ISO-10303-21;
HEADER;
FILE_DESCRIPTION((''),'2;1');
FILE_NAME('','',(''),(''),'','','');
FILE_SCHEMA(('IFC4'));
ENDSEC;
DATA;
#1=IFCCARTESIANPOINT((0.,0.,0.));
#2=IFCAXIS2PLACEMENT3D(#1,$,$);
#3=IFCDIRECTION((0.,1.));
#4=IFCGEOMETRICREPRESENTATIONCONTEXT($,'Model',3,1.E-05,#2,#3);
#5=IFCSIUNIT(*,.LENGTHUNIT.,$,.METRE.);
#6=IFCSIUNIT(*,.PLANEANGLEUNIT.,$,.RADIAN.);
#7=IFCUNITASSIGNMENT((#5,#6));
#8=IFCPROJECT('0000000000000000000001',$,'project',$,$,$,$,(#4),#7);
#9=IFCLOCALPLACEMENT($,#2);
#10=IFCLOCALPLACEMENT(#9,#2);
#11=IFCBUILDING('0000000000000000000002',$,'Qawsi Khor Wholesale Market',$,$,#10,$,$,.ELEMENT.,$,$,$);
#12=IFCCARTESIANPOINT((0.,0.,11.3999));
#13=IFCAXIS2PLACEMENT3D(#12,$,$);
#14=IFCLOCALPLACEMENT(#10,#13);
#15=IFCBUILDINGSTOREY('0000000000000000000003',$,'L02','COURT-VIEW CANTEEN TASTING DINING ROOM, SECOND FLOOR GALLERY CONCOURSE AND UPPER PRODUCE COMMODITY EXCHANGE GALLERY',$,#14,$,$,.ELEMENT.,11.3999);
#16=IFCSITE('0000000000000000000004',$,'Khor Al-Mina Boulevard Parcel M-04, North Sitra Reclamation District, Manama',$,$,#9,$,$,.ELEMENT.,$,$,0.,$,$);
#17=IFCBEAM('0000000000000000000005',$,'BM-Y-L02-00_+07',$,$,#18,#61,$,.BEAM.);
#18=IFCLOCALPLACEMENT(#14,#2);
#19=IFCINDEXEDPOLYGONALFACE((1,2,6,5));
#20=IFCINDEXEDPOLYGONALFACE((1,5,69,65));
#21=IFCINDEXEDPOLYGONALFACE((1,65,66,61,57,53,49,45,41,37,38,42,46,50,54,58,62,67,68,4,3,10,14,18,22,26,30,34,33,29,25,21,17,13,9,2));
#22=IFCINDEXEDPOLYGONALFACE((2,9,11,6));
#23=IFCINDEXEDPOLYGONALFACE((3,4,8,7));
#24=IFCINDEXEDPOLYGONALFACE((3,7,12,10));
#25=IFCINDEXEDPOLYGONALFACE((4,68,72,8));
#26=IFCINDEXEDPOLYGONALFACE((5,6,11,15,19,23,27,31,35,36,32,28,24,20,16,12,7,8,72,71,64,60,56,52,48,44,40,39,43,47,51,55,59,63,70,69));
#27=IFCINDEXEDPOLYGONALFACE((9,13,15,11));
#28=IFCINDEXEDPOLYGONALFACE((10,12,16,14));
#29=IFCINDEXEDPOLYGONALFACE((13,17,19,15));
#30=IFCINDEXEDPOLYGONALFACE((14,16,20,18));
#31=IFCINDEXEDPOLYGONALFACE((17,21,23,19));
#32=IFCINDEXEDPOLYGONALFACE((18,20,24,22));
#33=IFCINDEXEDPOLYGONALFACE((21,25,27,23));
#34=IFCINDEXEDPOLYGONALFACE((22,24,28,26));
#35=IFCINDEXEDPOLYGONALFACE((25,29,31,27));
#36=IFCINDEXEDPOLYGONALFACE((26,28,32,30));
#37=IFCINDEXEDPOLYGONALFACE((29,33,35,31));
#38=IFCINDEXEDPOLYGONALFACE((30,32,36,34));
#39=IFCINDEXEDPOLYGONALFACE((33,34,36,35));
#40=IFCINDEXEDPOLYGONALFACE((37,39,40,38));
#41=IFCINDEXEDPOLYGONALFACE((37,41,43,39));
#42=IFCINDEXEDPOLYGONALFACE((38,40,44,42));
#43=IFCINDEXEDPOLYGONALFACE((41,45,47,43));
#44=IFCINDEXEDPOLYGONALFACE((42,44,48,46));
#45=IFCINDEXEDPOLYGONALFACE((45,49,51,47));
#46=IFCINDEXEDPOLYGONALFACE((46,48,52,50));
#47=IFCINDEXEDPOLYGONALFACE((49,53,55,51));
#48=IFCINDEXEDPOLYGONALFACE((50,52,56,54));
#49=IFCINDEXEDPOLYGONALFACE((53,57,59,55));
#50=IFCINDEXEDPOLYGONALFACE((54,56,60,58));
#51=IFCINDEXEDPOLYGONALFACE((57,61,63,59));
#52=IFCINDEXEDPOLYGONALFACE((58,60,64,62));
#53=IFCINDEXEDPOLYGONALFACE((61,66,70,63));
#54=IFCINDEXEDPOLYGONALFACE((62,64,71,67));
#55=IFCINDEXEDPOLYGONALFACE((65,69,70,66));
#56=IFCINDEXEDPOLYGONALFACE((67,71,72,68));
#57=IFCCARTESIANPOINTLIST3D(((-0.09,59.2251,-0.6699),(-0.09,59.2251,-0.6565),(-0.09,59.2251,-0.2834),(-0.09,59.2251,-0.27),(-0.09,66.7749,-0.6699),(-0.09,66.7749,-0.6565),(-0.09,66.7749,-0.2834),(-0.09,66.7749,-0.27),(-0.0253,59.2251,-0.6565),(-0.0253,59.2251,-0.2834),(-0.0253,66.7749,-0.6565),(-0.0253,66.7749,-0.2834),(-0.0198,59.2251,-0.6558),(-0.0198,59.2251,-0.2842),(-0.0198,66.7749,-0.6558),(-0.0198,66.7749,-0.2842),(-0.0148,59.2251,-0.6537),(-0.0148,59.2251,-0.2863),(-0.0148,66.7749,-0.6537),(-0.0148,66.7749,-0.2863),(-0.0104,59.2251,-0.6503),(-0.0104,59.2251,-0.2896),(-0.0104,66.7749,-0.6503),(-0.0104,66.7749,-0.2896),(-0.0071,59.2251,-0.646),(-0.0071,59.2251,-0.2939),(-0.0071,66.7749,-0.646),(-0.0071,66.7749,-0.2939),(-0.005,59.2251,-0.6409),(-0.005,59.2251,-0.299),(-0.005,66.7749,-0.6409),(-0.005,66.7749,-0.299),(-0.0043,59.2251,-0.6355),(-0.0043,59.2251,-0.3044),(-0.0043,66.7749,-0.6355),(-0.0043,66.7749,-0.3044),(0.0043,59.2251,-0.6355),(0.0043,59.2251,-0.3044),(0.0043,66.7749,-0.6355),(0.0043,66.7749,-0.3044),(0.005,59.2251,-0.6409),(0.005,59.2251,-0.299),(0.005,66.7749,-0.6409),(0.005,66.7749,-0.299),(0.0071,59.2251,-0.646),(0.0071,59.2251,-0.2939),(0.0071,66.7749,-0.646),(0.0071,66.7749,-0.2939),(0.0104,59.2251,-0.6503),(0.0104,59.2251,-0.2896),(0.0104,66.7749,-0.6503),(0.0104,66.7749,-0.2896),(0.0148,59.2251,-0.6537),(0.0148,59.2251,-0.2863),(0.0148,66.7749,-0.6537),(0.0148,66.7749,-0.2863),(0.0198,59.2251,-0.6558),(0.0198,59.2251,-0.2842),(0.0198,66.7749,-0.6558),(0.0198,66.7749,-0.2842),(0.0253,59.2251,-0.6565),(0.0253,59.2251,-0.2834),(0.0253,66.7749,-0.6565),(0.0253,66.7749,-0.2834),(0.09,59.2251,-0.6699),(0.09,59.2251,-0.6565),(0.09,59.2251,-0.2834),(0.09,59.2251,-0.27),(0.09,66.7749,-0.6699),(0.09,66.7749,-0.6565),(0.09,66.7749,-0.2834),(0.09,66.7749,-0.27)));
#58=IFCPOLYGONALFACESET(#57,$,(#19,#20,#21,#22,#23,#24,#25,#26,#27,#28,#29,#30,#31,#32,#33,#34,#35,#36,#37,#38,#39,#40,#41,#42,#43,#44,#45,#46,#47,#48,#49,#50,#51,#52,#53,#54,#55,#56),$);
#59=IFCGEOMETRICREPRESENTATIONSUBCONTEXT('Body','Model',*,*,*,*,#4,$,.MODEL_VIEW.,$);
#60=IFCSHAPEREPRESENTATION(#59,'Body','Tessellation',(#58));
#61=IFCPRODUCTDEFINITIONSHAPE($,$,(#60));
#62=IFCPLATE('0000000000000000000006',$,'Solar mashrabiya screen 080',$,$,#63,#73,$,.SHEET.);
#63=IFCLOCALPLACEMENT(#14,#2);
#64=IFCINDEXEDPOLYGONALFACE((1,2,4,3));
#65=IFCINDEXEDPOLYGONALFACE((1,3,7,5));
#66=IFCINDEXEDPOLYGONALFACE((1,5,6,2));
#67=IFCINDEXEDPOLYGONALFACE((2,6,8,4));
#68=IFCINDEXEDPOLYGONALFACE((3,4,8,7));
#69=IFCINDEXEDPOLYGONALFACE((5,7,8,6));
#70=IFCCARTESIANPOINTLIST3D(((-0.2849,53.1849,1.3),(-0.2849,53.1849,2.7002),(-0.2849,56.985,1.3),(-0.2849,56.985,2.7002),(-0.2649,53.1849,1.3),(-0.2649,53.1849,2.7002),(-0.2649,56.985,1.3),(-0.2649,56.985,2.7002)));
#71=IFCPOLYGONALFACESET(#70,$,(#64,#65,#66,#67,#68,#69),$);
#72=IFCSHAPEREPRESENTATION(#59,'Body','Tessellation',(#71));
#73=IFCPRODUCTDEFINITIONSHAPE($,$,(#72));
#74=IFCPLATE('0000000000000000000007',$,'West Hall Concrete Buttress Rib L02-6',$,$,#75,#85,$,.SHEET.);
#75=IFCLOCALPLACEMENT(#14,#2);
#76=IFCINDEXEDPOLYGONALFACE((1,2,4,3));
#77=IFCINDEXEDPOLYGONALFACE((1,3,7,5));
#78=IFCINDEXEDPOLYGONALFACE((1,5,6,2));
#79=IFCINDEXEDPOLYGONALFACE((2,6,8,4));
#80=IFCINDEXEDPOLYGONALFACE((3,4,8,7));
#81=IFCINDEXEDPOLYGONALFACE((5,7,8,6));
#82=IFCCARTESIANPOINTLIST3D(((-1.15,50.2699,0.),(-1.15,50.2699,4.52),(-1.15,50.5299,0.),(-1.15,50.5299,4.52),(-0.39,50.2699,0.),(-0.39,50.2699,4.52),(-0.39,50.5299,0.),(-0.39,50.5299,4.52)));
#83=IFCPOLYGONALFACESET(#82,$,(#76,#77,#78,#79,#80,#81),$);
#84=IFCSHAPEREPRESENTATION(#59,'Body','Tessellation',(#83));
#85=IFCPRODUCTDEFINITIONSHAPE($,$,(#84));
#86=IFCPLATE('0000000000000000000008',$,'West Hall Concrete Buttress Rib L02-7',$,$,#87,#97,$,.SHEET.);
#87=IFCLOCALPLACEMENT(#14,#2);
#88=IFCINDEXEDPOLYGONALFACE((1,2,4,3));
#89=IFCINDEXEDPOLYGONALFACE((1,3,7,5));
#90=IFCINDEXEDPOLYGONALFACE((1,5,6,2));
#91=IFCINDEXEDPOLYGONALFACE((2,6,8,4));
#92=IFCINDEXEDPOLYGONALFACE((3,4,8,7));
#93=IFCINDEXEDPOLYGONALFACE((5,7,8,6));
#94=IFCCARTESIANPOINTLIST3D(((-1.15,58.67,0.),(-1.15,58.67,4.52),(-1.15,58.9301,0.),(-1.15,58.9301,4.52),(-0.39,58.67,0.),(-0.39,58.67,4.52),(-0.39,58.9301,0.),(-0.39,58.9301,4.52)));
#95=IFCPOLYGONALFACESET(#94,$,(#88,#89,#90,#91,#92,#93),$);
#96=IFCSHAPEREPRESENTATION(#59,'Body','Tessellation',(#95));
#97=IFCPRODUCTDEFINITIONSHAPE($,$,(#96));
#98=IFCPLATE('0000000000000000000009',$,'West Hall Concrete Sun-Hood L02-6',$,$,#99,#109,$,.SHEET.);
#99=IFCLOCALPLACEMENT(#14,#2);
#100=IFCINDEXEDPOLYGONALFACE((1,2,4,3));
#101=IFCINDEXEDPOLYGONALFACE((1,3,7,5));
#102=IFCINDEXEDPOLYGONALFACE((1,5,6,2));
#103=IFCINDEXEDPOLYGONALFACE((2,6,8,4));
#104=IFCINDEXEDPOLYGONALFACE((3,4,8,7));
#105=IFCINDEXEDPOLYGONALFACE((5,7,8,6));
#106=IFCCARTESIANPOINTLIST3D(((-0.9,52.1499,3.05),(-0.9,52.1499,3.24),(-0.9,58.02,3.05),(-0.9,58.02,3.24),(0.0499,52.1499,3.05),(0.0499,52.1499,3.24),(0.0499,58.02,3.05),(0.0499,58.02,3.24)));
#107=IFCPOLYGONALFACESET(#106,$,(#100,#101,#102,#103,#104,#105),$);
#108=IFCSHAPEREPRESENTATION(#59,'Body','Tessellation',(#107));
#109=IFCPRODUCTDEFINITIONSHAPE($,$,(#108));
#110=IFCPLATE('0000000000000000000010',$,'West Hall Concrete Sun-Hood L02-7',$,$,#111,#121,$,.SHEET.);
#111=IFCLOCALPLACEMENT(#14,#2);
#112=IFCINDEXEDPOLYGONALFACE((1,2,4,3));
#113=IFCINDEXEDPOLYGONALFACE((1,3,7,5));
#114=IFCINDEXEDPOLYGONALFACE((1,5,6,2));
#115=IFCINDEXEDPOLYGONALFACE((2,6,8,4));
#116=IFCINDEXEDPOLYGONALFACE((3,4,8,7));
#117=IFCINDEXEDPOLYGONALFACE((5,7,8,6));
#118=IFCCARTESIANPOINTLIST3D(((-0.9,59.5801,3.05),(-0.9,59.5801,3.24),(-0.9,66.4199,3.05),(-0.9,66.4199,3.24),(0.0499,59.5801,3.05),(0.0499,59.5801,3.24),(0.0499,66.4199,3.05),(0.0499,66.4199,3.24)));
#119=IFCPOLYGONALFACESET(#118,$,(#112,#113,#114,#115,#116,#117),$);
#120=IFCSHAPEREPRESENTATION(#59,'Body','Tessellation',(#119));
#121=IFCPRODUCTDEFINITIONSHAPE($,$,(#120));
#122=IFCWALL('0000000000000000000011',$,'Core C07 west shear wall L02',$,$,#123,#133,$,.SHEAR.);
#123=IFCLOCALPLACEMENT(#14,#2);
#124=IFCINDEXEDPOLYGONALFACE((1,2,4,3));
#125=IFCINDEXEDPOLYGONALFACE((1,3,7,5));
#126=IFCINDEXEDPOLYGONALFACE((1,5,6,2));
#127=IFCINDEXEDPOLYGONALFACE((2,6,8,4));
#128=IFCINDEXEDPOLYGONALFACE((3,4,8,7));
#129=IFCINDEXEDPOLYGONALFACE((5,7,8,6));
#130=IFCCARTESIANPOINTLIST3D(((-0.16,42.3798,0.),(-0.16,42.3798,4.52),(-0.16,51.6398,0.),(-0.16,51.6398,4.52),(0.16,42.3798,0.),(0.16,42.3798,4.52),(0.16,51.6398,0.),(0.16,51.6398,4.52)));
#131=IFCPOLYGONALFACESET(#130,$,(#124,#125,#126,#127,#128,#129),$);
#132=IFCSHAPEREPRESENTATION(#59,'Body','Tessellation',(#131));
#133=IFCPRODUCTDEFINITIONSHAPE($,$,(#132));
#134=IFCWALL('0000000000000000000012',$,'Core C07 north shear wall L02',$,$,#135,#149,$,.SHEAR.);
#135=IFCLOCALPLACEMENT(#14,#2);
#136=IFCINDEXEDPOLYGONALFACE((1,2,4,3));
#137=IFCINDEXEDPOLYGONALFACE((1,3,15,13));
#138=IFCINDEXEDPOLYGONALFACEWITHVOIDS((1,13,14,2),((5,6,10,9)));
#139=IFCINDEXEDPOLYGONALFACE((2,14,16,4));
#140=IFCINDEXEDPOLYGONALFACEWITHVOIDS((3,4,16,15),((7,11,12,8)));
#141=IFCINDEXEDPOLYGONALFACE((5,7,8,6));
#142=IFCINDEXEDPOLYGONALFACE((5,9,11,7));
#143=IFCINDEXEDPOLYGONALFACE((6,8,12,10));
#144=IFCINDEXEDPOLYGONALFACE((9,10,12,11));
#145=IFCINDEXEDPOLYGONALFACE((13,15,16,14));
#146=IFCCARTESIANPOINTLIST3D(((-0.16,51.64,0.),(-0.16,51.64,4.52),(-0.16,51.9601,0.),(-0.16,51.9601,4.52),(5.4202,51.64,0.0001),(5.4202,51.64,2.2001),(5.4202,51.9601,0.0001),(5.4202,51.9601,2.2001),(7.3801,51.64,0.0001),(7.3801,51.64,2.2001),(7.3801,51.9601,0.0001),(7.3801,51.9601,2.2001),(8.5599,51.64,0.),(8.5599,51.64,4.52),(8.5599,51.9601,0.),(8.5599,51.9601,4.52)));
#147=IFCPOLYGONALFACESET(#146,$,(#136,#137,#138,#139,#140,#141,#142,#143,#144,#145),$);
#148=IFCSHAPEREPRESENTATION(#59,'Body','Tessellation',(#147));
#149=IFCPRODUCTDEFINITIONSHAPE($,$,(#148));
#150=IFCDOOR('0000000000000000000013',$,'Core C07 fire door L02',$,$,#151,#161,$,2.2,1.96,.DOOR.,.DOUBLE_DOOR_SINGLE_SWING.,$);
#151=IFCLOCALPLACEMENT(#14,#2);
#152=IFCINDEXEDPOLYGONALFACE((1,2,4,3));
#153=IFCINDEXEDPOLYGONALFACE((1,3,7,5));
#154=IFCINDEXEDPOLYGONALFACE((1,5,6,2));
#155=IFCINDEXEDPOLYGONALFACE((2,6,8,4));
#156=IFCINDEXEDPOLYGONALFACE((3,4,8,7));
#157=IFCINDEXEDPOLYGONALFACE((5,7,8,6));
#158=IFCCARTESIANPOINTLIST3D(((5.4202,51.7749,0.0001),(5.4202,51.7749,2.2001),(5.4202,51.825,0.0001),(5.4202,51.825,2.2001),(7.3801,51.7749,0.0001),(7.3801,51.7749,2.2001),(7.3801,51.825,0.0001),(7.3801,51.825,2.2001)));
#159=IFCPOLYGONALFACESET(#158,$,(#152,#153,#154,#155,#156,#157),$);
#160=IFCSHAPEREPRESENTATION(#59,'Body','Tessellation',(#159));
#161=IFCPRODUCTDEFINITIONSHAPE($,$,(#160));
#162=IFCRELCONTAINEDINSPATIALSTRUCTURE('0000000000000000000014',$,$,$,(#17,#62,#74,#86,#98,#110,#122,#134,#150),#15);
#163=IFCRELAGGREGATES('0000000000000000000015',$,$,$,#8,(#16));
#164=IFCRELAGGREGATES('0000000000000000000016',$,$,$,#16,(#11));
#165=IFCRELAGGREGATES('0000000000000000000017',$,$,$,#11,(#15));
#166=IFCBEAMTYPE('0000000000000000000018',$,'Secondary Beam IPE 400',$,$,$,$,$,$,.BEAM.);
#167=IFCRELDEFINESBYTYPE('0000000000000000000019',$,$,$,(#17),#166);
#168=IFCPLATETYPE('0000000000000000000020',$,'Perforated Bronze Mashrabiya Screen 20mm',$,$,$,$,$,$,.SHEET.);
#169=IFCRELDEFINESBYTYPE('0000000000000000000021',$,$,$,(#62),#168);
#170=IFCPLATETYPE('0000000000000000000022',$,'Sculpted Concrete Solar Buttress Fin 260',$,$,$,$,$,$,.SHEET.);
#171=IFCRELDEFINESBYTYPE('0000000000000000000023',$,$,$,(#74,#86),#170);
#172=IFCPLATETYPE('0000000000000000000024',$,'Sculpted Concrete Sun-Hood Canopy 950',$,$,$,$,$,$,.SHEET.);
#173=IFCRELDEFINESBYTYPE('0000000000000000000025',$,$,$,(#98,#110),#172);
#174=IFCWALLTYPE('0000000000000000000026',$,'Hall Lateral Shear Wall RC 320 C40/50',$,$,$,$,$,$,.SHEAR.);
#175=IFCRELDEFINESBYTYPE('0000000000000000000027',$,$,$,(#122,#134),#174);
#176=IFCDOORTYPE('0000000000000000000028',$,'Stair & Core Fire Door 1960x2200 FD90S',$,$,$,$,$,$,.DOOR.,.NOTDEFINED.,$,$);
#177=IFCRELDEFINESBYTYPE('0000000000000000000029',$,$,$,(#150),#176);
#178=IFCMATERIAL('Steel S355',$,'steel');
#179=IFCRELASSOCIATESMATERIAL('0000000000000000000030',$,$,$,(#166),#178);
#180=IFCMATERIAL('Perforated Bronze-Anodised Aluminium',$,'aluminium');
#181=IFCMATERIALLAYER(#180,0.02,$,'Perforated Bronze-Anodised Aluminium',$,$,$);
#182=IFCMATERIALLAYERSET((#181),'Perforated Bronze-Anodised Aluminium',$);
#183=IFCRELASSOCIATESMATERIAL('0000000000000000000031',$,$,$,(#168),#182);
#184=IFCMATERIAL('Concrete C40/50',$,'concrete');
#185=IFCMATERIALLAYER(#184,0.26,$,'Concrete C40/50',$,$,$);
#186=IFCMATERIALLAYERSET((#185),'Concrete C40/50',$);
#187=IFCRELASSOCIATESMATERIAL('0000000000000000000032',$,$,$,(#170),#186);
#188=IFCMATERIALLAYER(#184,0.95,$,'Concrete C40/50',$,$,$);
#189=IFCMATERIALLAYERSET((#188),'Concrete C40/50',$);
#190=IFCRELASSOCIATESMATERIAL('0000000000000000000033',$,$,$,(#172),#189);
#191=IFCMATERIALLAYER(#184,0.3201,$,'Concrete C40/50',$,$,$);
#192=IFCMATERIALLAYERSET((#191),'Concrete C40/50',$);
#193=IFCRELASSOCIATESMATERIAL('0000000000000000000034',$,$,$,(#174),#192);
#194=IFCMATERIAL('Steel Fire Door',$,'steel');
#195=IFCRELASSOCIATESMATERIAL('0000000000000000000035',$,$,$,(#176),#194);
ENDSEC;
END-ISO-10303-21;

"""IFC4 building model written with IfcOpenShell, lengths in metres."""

from ifc_helpers import new_model, si_unit, direction, frame, frame_2d, origin, origin_2d, place, context, subcontext, project, spatial, rectangle, i_section, extrude, material, layer, layer_set, material_profile, profile_set, type_object, element, fill, save


model = new_model("IFC4")

# Units and contexts
model_context = context("Model", 3, precision=1e-05, world=origin(), true_north=direction((0.0, 1.0)))
body_context = subcontext(model_context, "Body", "Model", "MODEL_VIEW")
ifc_project = project(units=[si_unit("LENGTHUNIT", "METRE"), si_unit("PLANEANGLEUNIT", "RADIAN")], contexts=[model_context])

# Site, building, storey
site_placement = place(None, origin())
site = spatial("IfcSite", under=ifc_project, at=site_placement, Name="Khor Al-Mina Boulevard Parcel M-04, North Sitra Reclamation District, Manama", CompositionType="ELEMENT", RefElevation=0.0)
building_placement = place(site_placement, origin())
building = spatial("IfcBuilding", under=site, at=building_placement, Name="Qawsi Khor Wholesale Market", CompositionType="ELEMENT")
storey_placement = place(building_placement, frame((0.0, 0.0, 11.3999)))
storey = spatial("IfcBuildingStorey", under=building, at=storey_placement, Name="L02", Description="COURT-VIEW CANTEEN TASTING DINING ROOM, SECOND FLOOR GALLERY CONCOURSE AND UPPER PRODUCE COMMODITY EXCHANGE GALLERY", CompositionType="ELEMENT", Elevation=11.3999)

# Shared definitions
ifc_material_1 = material(Name="Concrete C40/50", Category="concrete")

# Beam
ifc_material_2 = material(Name="Steel S355", Category="steel")
ifc_material_profile_1 = material_profile(ifc_material_2, i_section(OverallWidth=0.1799, OverallDepth=0.3999, WebThickness=0.0085, FlangeThickness=0.0134, FilletRadius=0.021, at=origin_2d()), Name="IPE 400")
ifc_profile_set_1 = profile_set([ifc_material_profile_1], Name="Steel S355")
beam_type_1 = type_object("IfcBeamType", Name="Secondary Beam IPE 400", PredefinedType="BEAM", material=ifc_profile_set_1)
beam_1_placement = place(storey_placement, frame((0.0, 59.2251, -0.47), z_axis=(0.0, 1.0, 0.0), x_axis=(-1.0, 0.0, 0.0)))
element("IfcBeam", 1, at=beam_1_placement, inside=storey, type_object=beam_type_1, Name="BM-Y-L02-00_+07", PredefinedType="BEAM", context=body_context, shape_type="SweptSolid", body=[
    extrude(i_section(OverallWidth=0.1799, OverallDepth=0.3999, WebThickness=0.0085, FlangeThickness=0.0134, FilletRadius=0.021, at=origin_2d()), origin(), (0.0, 0.0, 1.0), 7.5498),
])

# Plates
ifc_material_3 = material(Name="Perforated Bronze-Anodised Aluminium", Category="aluminium")
ifc_layer_1 = layer(ifc_material_3, 0.02, Name="Perforated Bronze-Anodised Aluminium")
ifc_layer_set_1 = layer_set([ifc_layer_1], Name="Perforated Bronze-Anodised Aluminium")
plate_type_1 = type_object("IfcPlateType", Name="Perforated Bronze Mashrabiya Screen 20mm", PredefinedType="SHEET", material=ifc_layer_set_1)
plate_1_placement = place(storey_placement, frame((-0.2749, 53.1851, 1.3), z_axis=(0.0, 0.0, 1.0), x_axis=(0.0, 1.0, 0.0)))
element("IfcPlate", 2, at=plate_1_placement, inside=storey, type_object=plate_type_1, Name="Solar mashrabiya screen 080", PredefinedType="SHEET", context=body_context, shape_type="SweptSolid", body=[
    extrude(rectangle(XDim=3.8, YDim=0.02, at=frame_2d((1.8999, 0.0))), origin(), (0.0, 0.0, 1.0), 1.4001),
])
ifc_layer_2 = layer(ifc_material_1, 0.26, Name="Concrete C40/50")
ifc_layer_set_2 = layer_set([ifc_layer_2], Name="Concrete C40/50")
plate_type_2 = type_object("IfcPlateType", Name="Sculpted Concrete Solar Buttress Fin 260", PredefinedType="SHEET", material=ifc_layer_set_2)
for number, where, z_axis, x_axis, name in (
    (3, (-1.1499, 50.3999, 0.0), (0.0, 0.0, 1.0), (1.0, 0.0, 0.0), "West Hall Concrete Buttress Rib L02-6"),
    (4, (-1.1499, 58.8, 0.0), (0.0, 0.0, 1.0), (1.0, 0.0, 0.0), "West Hall Concrete Buttress Rib L02-7"),
):
    element("IfcPlate", number, at=place(storey_placement, frame(where, z_axis=z_axis, x_axis=x_axis)), inside=storey, type_object=plate_type_2, Name=name, PredefinedType="SHEET", context=body_context, shape_type="SweptSolid", body=[
        extrude(rectangle(XDim=0.76, YDim=0.26, at=frame_2d((0.3799, 0.0))), origin(), (0.0, 0.0, 1.0), 4.52),
    ])
ifc_layer_3 = layer(ifc_material_1, 0.95, Name="Concrete C40/50")
ifc_layer_set_3 = layer_set([ifc_layer_3], Name="Concrete C40/50")
plate_type_3 = type_object("IfcPlateType", Name="Sculpted Concrete Sun-Hood Canopy 950", PredefinedType="SHEET", material=ifc_layer_set_3)
plate_2_placement = place(storey_placement, frame((-0.425, 52.1499, 3.05), z_axis=(0.0, 0.0, 1.0), x_axis=(0.0, 1.0, 0.0)))
element("IfcPlate", 5, at=plate_2_placement, inside=storey, type_object=plate_type_3, Name="West Hall Concrete Sun-Hood L02-6", PredefinedType="SHEET", context=body_context, shape_type="SweptSolid", body=[
    extrude(rectangle(XDim=5.8701, YDim=0.95, at=frame_2d((2.9351, 0.0))), origin(), (0.0, 0.0, 1.0), 0.1899),
])
plate_3_placement = place(storey_placement, frame((-0.425, 59.5801, 3.05), z_axis=(0.0, 0.0, 1.0), x_axis=(0.0, 1.0, 0.0)))
element("IfcPlate", 6, at=plate_3_placement, inside=storey, type_object=plate_type_3, Name="West Hall Concrete Sun-Hood L02-7", PredefinedType="SHEET", context=body_context, shape_type="SweptSolid", body=[
    extrude(rectangle(XDim=6.8398, YDim=0.95, at=frame_2d((3.4199, 0.0))), origin(), (0.0, 0.0, 1.0), 0.1899),
])

# Wall
ifc_layer_4 = layer(ifc_material_1, 0.3201, Name="Concrete C40/50")
ifc_layer_set_4 = layer_set([ifc_layer_4], Name="Concrete C40/50")
wall_type_1 = type_object("IfcWallType", Name="Hall Lateral Shear Wall RC 320 C40/50", PredefinedType="SHEAR", material=ifc_layer_set_4)
wall_1_placement = place(storey_placement, frame((0.0, 42.3799, 0.0), z_axis=(0.0, 0.0, 1.0), x_axis=(0.0, 1.0, 0.0)))
element("IfcWall", 7, at=wall_1_placement, inside=storey, type_object=wall_type_1, Name="Core C07 west shear wall L02", PredefinedType="SHEAR", context=body_context, shape_type="SweptSolid", body=[
    extrude(rectangle(XDim=9.26, YDim=0.3201, at=frame_2d((4.6299, 0.0))), origin(), (0.0, 0.0, 1.0), 4.52),
])

# Wall, opening, door
wall_2_placement = place(storey_placement, frame((-0.1599, 51.8, 0.0), z_axis=(0.0, 0.0, 1.0), x_axis=(1.0, 0.0, 0.0)))
wall_2 = element("IfcWall", 8, at=wall_2_placement, inside=storey, type_object=wall_type_1, Name="Core C07 north shear wall L02", PredefinedType="SHEAR", context=body_context, shape_type="SweptSolid", body=[
    extrude(rectangle(XDim=8.72, YDim=0.3201, at=frame_2d((4.3599, 0.0))), origin(), (0.0, 0.0, 1.0), 4.52),
])
opening_1_placement = place(wall_2_placement, frame((5.5801, 0.0, 0.0)))
opening_1 = element("IfcOpeningElement", 9, at=opening_1_placement, cuts=wall_2, PredefinedType="OPENING", context=body_context, shape_type="SweptSolid", body=[
    extrude(rectangle(XDim=1.96, YDim=2.2, at=frame_2d((0.98, 1.1001))), frame((0.0, 0.1699, 0.0), z_axis=(0.0, -1.0, 0.0), x_axis=(1.0, 0.0, 0.0)), (0.0, 0.0, 1.0), 0.3401),
])
ifc_material_4 = material(Name="Steel Fire Door", Category="steel")
door_type_1 = type_object("IfcDoorType", Name="Stair & Core Fire Door 1960x2200 FD90S", OperationType="NOTDEFINED", PredefinedType="DOOR", material=ifc_material_4)
door_1_placement = place(opening_1_placement, origin())
door_1 = element("IfcDoor", 10, at=door_1_placement, inside=storey, type_object=door_type_1, Name="Core C07 fire door L02", OperationType="DOUBLE_DOOR_SINGLE_SWING", OverallHeight=2.2, OverallWidth=1.96, PredefinedType="DOOR", context=body_context, shape_type="SweptSolid", body=[
    extrude(rectangle(XDim=1.96, YDim=2.2, at=frame_2d((0.98, 1.1001))), frame((0.0, 0.0249, 0.0), z_axis=(0.0, -1.0, 0.0), x_axis=(1.0, 0.0, 0.0)), (0.0, 0.0, 1.0), 0.05),
])
fill(opening_1, door_1)

save(model, "model.ifc")
